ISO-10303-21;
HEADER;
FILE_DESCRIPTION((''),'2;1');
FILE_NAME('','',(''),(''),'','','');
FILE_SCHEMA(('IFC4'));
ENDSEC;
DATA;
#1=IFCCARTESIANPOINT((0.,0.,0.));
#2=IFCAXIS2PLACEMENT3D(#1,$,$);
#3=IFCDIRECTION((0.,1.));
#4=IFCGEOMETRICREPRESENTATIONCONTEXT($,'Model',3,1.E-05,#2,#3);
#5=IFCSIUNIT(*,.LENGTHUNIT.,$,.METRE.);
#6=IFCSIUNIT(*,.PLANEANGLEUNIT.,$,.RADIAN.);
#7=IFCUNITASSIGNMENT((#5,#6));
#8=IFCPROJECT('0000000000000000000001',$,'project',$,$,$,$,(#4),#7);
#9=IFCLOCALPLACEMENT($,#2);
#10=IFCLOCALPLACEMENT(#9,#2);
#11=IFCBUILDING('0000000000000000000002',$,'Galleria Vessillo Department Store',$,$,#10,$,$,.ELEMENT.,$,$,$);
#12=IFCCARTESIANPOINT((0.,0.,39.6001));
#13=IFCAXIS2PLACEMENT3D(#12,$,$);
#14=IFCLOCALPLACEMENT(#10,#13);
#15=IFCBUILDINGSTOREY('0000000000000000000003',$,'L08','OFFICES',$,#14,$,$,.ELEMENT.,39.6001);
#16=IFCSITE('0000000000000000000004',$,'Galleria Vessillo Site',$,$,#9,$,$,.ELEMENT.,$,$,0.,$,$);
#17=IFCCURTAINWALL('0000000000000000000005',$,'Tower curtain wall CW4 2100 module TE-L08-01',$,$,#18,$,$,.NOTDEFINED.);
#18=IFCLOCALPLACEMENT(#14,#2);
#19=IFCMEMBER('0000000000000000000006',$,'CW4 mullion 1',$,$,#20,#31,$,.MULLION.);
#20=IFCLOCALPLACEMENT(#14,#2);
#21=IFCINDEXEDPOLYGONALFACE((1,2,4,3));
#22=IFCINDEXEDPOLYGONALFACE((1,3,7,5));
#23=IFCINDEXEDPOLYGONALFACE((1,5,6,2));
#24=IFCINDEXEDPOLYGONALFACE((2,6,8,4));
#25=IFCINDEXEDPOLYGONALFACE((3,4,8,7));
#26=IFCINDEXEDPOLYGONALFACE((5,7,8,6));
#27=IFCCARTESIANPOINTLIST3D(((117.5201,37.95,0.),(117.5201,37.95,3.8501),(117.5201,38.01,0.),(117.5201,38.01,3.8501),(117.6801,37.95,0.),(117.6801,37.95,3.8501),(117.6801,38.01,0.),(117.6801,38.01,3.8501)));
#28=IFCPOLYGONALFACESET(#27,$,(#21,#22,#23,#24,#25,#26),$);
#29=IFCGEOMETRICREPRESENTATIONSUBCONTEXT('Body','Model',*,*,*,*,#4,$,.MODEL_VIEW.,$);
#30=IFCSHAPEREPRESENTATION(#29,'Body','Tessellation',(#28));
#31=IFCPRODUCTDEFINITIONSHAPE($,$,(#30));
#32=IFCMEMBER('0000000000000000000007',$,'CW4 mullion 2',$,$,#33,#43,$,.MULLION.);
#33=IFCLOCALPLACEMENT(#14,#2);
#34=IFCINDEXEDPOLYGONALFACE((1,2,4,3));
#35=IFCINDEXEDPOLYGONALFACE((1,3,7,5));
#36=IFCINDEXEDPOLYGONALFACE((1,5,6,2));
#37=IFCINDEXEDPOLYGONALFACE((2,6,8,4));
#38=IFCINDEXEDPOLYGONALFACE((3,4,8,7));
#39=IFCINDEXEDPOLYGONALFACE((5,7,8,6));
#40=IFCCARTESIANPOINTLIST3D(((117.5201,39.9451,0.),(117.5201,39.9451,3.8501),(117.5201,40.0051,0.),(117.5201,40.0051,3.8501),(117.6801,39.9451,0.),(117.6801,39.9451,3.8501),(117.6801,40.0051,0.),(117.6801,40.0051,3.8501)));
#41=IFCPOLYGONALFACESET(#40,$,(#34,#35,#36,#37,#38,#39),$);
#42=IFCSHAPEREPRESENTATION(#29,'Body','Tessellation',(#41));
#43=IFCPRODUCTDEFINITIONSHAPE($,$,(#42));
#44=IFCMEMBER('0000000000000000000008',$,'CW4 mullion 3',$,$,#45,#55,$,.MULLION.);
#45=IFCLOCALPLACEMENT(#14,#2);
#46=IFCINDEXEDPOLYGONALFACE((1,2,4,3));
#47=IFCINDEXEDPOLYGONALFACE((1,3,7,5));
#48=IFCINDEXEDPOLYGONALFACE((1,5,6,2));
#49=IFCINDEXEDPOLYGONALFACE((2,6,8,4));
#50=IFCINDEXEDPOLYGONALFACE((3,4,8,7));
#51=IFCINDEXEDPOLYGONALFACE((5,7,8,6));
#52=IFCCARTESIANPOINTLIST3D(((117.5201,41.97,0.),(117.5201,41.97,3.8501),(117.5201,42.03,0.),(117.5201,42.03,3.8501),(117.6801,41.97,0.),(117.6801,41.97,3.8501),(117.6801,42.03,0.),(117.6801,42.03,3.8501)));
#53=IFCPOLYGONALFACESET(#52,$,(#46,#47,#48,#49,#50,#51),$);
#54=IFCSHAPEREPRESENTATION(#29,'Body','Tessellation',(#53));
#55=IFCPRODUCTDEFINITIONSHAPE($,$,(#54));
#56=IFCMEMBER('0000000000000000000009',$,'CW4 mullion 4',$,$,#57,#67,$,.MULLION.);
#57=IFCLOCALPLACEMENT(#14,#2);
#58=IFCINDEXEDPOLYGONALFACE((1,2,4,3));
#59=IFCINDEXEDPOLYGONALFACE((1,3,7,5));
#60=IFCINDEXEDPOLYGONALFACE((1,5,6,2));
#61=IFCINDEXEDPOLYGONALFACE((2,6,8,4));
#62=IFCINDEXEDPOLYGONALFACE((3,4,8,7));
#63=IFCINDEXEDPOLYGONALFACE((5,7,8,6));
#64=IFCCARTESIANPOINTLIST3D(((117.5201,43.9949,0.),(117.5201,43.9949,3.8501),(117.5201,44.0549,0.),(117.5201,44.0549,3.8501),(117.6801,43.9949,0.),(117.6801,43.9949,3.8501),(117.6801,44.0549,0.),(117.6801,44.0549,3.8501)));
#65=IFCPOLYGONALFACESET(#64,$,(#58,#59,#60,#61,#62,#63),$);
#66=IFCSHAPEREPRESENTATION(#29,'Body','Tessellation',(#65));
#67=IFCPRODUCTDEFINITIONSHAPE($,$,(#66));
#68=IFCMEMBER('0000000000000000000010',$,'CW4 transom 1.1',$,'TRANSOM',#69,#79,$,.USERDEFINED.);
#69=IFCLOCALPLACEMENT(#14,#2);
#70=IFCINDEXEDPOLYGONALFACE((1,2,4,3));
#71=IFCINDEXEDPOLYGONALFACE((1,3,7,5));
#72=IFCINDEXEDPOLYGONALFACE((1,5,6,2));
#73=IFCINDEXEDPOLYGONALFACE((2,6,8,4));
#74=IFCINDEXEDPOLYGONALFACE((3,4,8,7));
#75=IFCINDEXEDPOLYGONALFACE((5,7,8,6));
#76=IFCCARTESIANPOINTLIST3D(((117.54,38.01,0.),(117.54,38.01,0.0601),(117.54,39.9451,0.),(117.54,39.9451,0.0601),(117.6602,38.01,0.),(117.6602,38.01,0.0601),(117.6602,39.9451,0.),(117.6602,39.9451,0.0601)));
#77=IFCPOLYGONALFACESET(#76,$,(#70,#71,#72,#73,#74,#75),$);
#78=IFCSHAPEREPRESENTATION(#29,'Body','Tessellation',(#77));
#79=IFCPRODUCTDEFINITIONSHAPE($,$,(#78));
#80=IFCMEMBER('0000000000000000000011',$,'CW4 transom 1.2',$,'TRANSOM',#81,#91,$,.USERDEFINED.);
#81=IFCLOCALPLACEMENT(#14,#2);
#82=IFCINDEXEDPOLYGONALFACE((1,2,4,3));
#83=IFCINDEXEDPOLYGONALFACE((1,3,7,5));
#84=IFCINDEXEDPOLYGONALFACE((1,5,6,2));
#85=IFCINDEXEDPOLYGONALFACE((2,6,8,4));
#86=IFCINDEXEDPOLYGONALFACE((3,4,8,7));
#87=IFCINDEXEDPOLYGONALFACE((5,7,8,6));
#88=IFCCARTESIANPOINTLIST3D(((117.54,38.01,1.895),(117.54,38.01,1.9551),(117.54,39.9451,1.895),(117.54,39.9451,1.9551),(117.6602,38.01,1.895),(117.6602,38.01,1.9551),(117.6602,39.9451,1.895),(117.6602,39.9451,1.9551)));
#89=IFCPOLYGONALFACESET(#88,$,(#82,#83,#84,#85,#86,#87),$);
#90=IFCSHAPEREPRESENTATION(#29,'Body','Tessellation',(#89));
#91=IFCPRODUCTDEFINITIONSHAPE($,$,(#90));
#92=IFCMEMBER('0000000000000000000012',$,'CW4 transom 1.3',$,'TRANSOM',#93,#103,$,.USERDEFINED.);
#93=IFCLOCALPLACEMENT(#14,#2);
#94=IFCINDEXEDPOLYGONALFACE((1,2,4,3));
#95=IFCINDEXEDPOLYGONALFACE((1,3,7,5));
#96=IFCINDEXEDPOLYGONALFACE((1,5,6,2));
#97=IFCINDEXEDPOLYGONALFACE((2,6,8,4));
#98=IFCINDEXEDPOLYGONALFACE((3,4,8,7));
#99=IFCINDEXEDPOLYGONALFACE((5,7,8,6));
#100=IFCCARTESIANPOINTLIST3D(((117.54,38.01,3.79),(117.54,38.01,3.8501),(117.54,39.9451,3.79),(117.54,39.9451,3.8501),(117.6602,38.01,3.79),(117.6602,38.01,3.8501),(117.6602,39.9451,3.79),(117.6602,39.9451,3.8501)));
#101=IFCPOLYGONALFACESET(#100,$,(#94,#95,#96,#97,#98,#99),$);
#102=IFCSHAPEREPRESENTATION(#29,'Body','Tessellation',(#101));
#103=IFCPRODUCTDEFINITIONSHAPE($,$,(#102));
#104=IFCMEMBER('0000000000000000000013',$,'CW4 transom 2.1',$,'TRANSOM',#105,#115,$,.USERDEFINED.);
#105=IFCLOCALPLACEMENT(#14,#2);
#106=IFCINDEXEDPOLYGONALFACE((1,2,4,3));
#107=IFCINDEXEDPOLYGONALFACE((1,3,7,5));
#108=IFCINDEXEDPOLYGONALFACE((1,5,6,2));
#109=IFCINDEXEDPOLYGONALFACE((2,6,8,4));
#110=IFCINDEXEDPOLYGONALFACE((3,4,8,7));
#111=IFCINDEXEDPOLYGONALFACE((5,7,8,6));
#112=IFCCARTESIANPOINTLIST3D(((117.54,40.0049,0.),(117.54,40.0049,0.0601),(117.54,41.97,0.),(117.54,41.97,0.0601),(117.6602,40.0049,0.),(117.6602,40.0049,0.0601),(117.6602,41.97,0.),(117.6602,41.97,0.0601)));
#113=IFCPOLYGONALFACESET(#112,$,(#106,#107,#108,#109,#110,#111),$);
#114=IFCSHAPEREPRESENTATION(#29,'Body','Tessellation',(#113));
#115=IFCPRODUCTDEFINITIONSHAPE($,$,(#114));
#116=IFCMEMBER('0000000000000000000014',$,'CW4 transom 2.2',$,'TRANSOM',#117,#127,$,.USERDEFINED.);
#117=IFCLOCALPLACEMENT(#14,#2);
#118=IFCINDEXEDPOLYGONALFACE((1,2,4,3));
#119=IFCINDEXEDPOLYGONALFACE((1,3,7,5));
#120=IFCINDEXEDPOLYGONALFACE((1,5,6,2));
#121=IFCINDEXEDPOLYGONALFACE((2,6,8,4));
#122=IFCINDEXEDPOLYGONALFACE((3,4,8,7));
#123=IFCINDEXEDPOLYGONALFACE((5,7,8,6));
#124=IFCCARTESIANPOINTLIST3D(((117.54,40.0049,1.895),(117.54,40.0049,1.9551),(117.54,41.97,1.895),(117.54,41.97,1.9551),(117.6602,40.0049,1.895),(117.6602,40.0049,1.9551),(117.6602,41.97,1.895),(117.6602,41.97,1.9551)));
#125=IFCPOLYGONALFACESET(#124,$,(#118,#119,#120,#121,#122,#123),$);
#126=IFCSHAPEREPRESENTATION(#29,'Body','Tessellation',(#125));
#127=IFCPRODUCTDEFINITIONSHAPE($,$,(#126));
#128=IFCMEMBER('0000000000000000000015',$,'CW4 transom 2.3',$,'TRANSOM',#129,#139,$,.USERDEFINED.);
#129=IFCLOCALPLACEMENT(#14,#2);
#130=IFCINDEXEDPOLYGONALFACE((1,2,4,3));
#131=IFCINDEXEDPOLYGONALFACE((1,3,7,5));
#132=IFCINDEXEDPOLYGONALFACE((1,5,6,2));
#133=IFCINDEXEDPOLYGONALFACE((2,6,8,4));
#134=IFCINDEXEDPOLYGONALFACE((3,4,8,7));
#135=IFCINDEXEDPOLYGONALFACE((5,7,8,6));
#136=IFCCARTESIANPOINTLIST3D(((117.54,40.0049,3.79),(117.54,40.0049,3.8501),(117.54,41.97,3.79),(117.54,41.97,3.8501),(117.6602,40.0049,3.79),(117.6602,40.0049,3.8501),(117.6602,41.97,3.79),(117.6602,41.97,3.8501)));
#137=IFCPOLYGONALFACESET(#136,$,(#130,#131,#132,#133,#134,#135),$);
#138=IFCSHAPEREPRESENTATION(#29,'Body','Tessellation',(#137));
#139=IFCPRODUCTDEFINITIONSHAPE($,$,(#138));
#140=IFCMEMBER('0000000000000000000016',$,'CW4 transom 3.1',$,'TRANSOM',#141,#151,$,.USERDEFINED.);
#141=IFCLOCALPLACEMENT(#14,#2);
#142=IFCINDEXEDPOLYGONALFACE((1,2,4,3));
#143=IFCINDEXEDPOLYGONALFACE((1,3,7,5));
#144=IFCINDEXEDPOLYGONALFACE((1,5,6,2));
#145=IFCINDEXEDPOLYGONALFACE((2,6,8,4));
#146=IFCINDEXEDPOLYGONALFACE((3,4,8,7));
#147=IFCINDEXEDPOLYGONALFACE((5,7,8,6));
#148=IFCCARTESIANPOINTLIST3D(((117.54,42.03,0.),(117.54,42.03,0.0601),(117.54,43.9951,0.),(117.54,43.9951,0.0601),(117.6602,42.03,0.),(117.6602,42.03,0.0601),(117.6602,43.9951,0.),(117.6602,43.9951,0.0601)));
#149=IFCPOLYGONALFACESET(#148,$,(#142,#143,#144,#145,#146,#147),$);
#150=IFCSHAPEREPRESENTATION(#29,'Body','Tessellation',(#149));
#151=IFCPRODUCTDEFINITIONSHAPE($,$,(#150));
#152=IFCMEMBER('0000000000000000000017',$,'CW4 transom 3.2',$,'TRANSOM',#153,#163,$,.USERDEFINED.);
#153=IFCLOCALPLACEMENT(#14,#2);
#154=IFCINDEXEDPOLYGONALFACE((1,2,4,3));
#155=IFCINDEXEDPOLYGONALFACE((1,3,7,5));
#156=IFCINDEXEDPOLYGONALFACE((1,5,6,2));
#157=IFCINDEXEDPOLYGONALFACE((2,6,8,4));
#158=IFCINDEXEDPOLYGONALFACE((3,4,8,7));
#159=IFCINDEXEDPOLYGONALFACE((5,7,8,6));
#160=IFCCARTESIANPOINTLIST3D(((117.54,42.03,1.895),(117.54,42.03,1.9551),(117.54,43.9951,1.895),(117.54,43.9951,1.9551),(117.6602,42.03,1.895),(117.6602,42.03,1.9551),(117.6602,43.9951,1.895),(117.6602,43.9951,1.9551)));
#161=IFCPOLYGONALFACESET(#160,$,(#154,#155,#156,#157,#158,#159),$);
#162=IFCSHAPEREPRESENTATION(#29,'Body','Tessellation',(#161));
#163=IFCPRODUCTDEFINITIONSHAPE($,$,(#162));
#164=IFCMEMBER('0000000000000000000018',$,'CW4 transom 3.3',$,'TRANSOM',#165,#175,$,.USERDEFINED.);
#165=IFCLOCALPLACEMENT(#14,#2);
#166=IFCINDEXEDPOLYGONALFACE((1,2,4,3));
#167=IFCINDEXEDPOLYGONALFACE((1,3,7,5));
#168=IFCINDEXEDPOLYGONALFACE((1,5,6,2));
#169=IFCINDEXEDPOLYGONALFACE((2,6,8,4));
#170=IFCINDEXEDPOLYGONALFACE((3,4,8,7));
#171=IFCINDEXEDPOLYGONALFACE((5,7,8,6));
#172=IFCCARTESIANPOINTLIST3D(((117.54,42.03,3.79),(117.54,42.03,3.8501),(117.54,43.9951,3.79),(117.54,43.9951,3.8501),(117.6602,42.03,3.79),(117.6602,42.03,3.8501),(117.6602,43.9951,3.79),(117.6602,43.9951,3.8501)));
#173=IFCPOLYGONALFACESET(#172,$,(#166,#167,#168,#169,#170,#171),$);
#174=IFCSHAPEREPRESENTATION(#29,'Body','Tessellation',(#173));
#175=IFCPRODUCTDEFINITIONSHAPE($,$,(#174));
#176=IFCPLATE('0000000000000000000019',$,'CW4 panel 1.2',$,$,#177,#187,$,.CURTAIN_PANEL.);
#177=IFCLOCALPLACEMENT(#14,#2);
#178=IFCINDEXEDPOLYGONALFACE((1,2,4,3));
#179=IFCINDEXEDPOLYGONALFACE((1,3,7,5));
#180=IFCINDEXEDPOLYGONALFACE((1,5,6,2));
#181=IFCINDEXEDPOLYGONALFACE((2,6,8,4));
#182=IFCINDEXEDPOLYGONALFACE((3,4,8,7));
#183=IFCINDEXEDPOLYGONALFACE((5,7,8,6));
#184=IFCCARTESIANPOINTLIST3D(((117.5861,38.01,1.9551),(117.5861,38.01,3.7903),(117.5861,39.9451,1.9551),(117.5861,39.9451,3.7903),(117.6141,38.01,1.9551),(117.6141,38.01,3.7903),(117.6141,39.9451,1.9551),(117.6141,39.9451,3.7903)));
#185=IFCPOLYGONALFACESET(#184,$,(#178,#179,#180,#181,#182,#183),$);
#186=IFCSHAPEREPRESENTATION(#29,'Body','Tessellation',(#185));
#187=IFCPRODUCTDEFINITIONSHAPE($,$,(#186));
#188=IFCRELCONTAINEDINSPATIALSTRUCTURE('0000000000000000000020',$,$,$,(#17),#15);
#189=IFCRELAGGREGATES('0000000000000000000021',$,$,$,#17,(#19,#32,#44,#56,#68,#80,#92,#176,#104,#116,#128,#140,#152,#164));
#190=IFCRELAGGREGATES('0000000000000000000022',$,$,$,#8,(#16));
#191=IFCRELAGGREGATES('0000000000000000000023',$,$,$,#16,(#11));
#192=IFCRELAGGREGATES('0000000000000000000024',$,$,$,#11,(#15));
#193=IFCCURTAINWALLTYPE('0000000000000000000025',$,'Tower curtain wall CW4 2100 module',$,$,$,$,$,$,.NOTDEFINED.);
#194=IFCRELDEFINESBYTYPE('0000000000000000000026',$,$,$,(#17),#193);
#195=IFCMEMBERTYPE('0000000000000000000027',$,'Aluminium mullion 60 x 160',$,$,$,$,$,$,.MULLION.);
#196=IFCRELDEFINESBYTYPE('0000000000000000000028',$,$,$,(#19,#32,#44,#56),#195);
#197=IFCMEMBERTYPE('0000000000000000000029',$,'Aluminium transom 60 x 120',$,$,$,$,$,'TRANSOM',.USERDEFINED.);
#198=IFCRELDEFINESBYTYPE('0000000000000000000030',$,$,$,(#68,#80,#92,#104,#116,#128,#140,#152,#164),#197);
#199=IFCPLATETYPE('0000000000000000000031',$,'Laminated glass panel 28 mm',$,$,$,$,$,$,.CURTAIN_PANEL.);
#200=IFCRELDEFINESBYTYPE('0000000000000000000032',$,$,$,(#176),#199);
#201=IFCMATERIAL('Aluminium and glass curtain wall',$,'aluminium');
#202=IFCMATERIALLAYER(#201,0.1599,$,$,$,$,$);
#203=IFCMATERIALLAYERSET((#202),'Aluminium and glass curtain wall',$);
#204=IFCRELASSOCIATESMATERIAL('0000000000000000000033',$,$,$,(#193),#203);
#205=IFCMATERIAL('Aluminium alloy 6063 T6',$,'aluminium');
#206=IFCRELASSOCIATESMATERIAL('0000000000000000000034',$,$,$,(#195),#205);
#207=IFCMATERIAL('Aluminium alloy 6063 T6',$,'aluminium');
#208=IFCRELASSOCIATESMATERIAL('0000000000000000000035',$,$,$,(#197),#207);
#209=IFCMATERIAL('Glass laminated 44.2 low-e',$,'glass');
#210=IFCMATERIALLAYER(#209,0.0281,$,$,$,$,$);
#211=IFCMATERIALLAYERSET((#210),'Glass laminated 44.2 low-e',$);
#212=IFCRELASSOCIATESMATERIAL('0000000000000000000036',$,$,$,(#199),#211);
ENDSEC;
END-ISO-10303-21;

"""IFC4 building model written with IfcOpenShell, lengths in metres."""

from ifc_helpers import new_model, si_unit, direction, frame, origin, origin_2d, place, context, subcontext, project, spatial, rectangle, extrude, material, layer, layer_set, material_profile, profile_set, type_object, element, aggregate, save


model = new_model("IFC4")

# Units and contexts
model_context = context("Model", 3, precision=1e-05, world=origin(), true_north=direction((0.0, 1.0)))
body_context = subcontext(model_context, "Body", "Model", "MODEL_VIEW")
ifc_project = project(units=[si_unit("LENGTHUNIT", "METRE"), si_unit("PLANEANGLEUNIT", "RADIAN")], contexts=[model_context])

# Site, building, storey
site_placement = place(None, origin())
site = spatial("IfcSite", under=ifc_project, at=site_placement, Name="Galleria Vessillo Site", CompositionType="ELEMENT", RefElevation=0.0)
building_placement = place(site_placement, origin())
building = spatial("IfcBuilding", under=site, at=building_placement, Name="Galleria Vessillo Department Store", CompositionType="ELEMENT")
storey_placement = place(building_placement, frame((0.0, 0.0, 39.6001)))
storey = spatial("IfcBuildingStorey", under=building, at=storey_placement, Name="L08", Description="OFFICES", CompositionType="ELEMENT", Elevation=39.6001)

# Curtain wall, members, plate
ifc_material_1 = material(Name="Aluminium and glass curtain wall", Category="aluminium")
ifc_layer_1 = layer(ifc_material_1, 0.1599)
ifc_layer_set_1 = layer_set([ifc_layer_1], Name="Aluminium and glass curtain wall")
curtain_wall_type = type_object("IfcCurtainWallType", Name="Tower curtain wall CW4 2100 module", PredefinedType="NOTDEFINED", material=ifc_layer_set_1)
curtain_wall_placement = place(storey_placement, origin())
curtain_wall = element("IfcCurtainWall", 1, at=curtain_wall_placement, inside=storey, type_object=curtain_wall_type, Name="Tower curtain wall CW4 2100 module TE-L08-01", PredefinedType="NOTDEFINED")
ifc_material_2 = material(Name="Aluminium alloy 6063 T6", Category="aluminium")
ifc_material_profile_1 = material_profile(ifc_material_2, rectangle(XDim=0.1599, YDim=0.0601, at=origin_2d()), Name="AL 60x160")
ifc_profile_set_1 = profile_set([ifc_material_profile_1], Name="Aluminium alloy 6063 T6")
member_type_1 = type_object("IfcMemberType", Name="Aluminium mullion 60 x 160", PredefinedType="MULLION", material=ifc_profile_set_1)
member_1_placement = place(storey_placement, frame((117.6001, 37.98, 0.0), z_axis=(0.0, 0.0, 1.0), x_axis=(-1.0, 0.0, 0.0)))
member_1 = element("IfcMember", 2, at=member_1_placement, type_object=member_type_1, Name="CW4 mullion 1", PredefinedType="MULLION", context=body_context, shape_type="SweptSolid", body=[
    extrude(rectangle(XDim=0.1599, YDim=0.0601, at=origin_2d()), origin(), (0.0, 0.0, 1.0), 3.8501),
])
member_2_placement = place(storey_placement, frame((117.6001, 39.9751, 0.0), z_axis=(0.0, 0.0, 1.0), x_axis=(-1.0, 0.0, 0.0)))
member_2 = element("IfcMember", 3, at=member_2_placement, type_object=member_type_1, Name="CW4 mullion 2", PredefinedType="MULLION", context=body_context, shape_type="SweptSolid", body=[
    extrude(rectangle(XDim=0.1599, YDim=0.0601, at=origin_2d()), origin(), (0.0, 0.0, 1.0), 3.8501),
])
member_3_placement = place(storey_placement, frame((117.6001, 42.0, 0.0), z_axis=(0.0, 0.0, 1.0), x_axis=(-1.0, 0.0, 0.0)))
member_3 = element("IfcMember", 4, at=member_3_placement, type_object=member_type_1, Name="CW4 mullion 3", PredefinedType="MULLION", context=body_context, shape_type="SweptSolid", body=[
    extrude(rectangle(XDim=0.1599, YDim=0.0601, at=origin_2d()), origin(), (0.0, 0.0, 1.0), 3.8501),
])
member_4_placement = place(storey_placement, frame((117.6001, 44.0249, 0.0), z_axis=(0.0, 0.0, 1.0), x_axis=(-1.0, 0.0, 0.0)))
member_4 = element("IfcMember", 5, at=member_4_placement, type_object=member_type_1, Name="CW4 mullion 4", PredefinedType="MULLION", context=body_context, shape_type="SweptSolid", body=[
    extrude(rectangle(XDim=0.1599, YDim=0.0601, at=origin_2d()), origin(), (0.0, 0.0, 1.0), 3.8501),
])
ifc_material_3 = material(Name="Aluminium alloy 6063 T6", Category="aluminium")
ifc_material_profile_2 = material_profile(ifc_material_3, rectangle(XDim=0.1201, YDim=0.0601, at=origin_2d()), Name="AL 60x120")
ifc_profile_set_2 = profile_set([ifc_material_profile_2], Name="Aluminium alloy 6063 T6")
member_type_2 = type_object("IfcMemberType", Name="Aluminium transom 60 x 120", ElementType="TRANSOM", PredefinedType="USERDEFINED", material=ifc_profile_set_2)
member_5_placement = place(storey_placement, frame((117.6001, 38.01, 0.03), z_axis=(0.0, 1.0, 0.0), x_axis=(-1.0, 0.0, 0.0)))
member_5 = element("IfcMember", 6, at=member_5_placement, type_object=member_type_2, Name="CW4 transom 1.1", ObjectType="TRANSOM", PredefinedType="USERDEFINED", context=body_context, shape_type="SweptSolid", body=[
    extrude(rectangle(XDim=0.1201, YDim=0.0601, at=origin_2d()), origin(), (0.0, 0.0, 1.0), 1.9351),
])
member_6_placement = place(storey_placement, frame((117.6001, 38.01, 1.925), z_axis=(0.0, 1.0, 0.0), x_axis=(-1.0, 0.0, 0.0)))
member_6 = element("IfcMember", 7, at=member_6_placement, type_object=member_type_2, Name="CW4 transom 1.2", ObjectType="TRANSOM", PredefinedType="USERDEFINED", context=body_context, shape_type="SweptSolid", body=[
    extrude(rectangle(XDim=0.1201, YDim=0.0601, at=origin_2d()), origin(), (0.0, 0.0, 1.0), 1.9351),
])
member_7_placement = place(storey_placement, frame((117.6001, 38.01, 3.8201), z_axis=(0.0, 1.0, 0.0), x_axis=(-1.0, 0.0, 0.0)))
member_7 = element("IfcMember", 8, at=member_7_placement, type_object=member_type_2, Name="CW4 transom 1.3", ObjectType="TRANSOM", PredefinedType="USERDEFINED", context=body_context, shape_type="SweptSolid", body=[
    extrude(rectangle(XDim=0.1201, YDim=0.0601, at=origin_2d()), origin(), (0.0, 0.0, 1.0), 1.9351),
])
member_8_placement = place(storey_placement, frame((117.6001, 40.0049, 0.03), z_axis=(0.0, 1.0, 0.0), x_axis=(-1.0, 0.0, 0.0)))
member_8 = element("IfcMember", 9, at=member_8_placement, type_object=member_type_2, Name="CW4 transom 2.1", ObjectType="TRANSOM", PredefinedType="USERDEFINED", context=body_context, shape_type="SweptSolid", body=[
    extrude(rectangle(XDim=0.1201, YDim=0.0601, at=origin_2d()), origin(), (0.0, 0.0, 1.0), 1.9651),
])
member_9_placement = place(storey_placement, frame((117.6001, 40.0049, 1.925), z_axis=(0.0, 1.0, 0.0), x_axis=(-1.0, 0.0, 0.0)))
member_9 = element("IfcMember", 10, at=member_9_placement, type_object=member_type_2, Name="CW4 transom 2.2", ObjectType="TRANSOM", PredefinedType="USERDEFINED", context=body_context, shape_type="SweptSolid", body=[
    extrude(rectangle(XDim=0.1201, YDim=0.0601, at=origin_2d()), origin(), (0.0, 0.0, 1.0), 1.9651),
])
member_10_placement = place(storey_placement, frame((117.6001, 40.0049, 3.8201), z_axis=(0.0, 1.0, 0.0), x_axis=(-1.0, 0.0, 0.0)))
member_10 = element("IfcMember", 11, at=member_10_placement, type_object=member_type_2, Name="CW4 transom 2.3", ObjectType="TRANSOM", PredefinedType="USERDEFINED", context=body_context, shape_type="SweptSolid", body=[
    extrude(rectangle(XDim=0.1201, YDim=0.0601, at=origin_2d()), origin(), (0.0, 0.0, 1.0), 1.9651),
])
member_11_placement = place(storey_placement, frame((117.6001, 42.03, 0.03), z_axis=(0.0, 1.0, 0.0), x_axis=(-1.0, 0.0, 0.0)))
member_11 = element("IfcMember", 12, at=member_11_placement, type_object=member_type_2, Name="CW4 transom 3.1", ObjectType="TRANSOM", PredefinedType="USERDEFINED", context=body_context, shape_type="SweptSolid", body=[
    extrude(rectangle(XDim=0.1201, YDim=0.0601, at=origin_2d()), origin(), (0.0, 0.0, 1.0), 1.9651),
])
member_12_placement = place(storey_placement, frame((117.6001, 42.03, 1.925), z_axis=(0.0, 1.0, 0.0), x_axis=(-1.0, 0.0, 0.0)))
member_12 = element("IfcMember", 13, at=member_12_placement, type_object=member_type_2, Name="CW4 transom 3.2", ObjectType="TRANSOM", PredefinedType="USERDEFINED", context=body_context, shape_type="SweptSolid", body=[
    extrude(rectangle(XDim=0.1201, YDim=0.0601, at=origin_2d()), origin(), (0.0, 0.0, 1.0), 1.9651),
])
member_13_placement = place(storey_placement, frame((117.6001, 42.03, 3.8201), z_axis=(0.0, 1.0, 0.0), x_axis=(-1.0, 0.0, 0.0)))
member_13 = element("IfcMember", 14, at=member_13_placement, type_object=member_type_2, Name="CW4 transom 3.3", ObjectType="TRANSOM", PredefinedType="USERDEFINED", context=body_context, shape_type="SweptSolid", body=[
    extrude(rectangle(XDim=0.1201, YDim=0.0601, at=origin_2d()), origin(), (0.0, 0.0, 1.0), 1.9651),
])
ifc_material_4 = material(Name="Glass laminated 44.2 low-e", Category="glass")
ifc_layer_2 = layer(ifc_material_4, 0.0281)
ifc_layer_set_2 = layer_set([ifc_layer_2], Name="Glass laminated 44.2 low-e")
plate_type_1 = type_object("IfcPlateType", Name="Laminated glass panel 28 mm", PredefinedType="CURTAIN_PANEL", material=ifc_layer_set_2)
plate_1_placement = place(storey_placement, frame((117.6001, 38.9775, 1.9551), z_axis=(0.0, 0.0, 1.0), x_axis=(0.0, 1.0, 0.0)))
plate_1 = element("IfcPlate", 15, at=plate_1_placement, type_object=plate_type_1, Name="CW4 panel 1.2", PredefinedType="CURTAIN_PANEL", context=body_context, shape_type="SweptSolid", body=[
    extrude(rectangle(XDim=1.9351, YDim=0.0281, at=origin_2d()), origin(), (0.0, 0.0, 1.0), 1.8352),
])
aggregate(curtain_wall, [member_1, member_2, member_3, member_4, member_5, member_6, member_7, plate_1, member_8, member_9, member_10, member_11, member_12, member_13])

save(model, "model.ifc")
